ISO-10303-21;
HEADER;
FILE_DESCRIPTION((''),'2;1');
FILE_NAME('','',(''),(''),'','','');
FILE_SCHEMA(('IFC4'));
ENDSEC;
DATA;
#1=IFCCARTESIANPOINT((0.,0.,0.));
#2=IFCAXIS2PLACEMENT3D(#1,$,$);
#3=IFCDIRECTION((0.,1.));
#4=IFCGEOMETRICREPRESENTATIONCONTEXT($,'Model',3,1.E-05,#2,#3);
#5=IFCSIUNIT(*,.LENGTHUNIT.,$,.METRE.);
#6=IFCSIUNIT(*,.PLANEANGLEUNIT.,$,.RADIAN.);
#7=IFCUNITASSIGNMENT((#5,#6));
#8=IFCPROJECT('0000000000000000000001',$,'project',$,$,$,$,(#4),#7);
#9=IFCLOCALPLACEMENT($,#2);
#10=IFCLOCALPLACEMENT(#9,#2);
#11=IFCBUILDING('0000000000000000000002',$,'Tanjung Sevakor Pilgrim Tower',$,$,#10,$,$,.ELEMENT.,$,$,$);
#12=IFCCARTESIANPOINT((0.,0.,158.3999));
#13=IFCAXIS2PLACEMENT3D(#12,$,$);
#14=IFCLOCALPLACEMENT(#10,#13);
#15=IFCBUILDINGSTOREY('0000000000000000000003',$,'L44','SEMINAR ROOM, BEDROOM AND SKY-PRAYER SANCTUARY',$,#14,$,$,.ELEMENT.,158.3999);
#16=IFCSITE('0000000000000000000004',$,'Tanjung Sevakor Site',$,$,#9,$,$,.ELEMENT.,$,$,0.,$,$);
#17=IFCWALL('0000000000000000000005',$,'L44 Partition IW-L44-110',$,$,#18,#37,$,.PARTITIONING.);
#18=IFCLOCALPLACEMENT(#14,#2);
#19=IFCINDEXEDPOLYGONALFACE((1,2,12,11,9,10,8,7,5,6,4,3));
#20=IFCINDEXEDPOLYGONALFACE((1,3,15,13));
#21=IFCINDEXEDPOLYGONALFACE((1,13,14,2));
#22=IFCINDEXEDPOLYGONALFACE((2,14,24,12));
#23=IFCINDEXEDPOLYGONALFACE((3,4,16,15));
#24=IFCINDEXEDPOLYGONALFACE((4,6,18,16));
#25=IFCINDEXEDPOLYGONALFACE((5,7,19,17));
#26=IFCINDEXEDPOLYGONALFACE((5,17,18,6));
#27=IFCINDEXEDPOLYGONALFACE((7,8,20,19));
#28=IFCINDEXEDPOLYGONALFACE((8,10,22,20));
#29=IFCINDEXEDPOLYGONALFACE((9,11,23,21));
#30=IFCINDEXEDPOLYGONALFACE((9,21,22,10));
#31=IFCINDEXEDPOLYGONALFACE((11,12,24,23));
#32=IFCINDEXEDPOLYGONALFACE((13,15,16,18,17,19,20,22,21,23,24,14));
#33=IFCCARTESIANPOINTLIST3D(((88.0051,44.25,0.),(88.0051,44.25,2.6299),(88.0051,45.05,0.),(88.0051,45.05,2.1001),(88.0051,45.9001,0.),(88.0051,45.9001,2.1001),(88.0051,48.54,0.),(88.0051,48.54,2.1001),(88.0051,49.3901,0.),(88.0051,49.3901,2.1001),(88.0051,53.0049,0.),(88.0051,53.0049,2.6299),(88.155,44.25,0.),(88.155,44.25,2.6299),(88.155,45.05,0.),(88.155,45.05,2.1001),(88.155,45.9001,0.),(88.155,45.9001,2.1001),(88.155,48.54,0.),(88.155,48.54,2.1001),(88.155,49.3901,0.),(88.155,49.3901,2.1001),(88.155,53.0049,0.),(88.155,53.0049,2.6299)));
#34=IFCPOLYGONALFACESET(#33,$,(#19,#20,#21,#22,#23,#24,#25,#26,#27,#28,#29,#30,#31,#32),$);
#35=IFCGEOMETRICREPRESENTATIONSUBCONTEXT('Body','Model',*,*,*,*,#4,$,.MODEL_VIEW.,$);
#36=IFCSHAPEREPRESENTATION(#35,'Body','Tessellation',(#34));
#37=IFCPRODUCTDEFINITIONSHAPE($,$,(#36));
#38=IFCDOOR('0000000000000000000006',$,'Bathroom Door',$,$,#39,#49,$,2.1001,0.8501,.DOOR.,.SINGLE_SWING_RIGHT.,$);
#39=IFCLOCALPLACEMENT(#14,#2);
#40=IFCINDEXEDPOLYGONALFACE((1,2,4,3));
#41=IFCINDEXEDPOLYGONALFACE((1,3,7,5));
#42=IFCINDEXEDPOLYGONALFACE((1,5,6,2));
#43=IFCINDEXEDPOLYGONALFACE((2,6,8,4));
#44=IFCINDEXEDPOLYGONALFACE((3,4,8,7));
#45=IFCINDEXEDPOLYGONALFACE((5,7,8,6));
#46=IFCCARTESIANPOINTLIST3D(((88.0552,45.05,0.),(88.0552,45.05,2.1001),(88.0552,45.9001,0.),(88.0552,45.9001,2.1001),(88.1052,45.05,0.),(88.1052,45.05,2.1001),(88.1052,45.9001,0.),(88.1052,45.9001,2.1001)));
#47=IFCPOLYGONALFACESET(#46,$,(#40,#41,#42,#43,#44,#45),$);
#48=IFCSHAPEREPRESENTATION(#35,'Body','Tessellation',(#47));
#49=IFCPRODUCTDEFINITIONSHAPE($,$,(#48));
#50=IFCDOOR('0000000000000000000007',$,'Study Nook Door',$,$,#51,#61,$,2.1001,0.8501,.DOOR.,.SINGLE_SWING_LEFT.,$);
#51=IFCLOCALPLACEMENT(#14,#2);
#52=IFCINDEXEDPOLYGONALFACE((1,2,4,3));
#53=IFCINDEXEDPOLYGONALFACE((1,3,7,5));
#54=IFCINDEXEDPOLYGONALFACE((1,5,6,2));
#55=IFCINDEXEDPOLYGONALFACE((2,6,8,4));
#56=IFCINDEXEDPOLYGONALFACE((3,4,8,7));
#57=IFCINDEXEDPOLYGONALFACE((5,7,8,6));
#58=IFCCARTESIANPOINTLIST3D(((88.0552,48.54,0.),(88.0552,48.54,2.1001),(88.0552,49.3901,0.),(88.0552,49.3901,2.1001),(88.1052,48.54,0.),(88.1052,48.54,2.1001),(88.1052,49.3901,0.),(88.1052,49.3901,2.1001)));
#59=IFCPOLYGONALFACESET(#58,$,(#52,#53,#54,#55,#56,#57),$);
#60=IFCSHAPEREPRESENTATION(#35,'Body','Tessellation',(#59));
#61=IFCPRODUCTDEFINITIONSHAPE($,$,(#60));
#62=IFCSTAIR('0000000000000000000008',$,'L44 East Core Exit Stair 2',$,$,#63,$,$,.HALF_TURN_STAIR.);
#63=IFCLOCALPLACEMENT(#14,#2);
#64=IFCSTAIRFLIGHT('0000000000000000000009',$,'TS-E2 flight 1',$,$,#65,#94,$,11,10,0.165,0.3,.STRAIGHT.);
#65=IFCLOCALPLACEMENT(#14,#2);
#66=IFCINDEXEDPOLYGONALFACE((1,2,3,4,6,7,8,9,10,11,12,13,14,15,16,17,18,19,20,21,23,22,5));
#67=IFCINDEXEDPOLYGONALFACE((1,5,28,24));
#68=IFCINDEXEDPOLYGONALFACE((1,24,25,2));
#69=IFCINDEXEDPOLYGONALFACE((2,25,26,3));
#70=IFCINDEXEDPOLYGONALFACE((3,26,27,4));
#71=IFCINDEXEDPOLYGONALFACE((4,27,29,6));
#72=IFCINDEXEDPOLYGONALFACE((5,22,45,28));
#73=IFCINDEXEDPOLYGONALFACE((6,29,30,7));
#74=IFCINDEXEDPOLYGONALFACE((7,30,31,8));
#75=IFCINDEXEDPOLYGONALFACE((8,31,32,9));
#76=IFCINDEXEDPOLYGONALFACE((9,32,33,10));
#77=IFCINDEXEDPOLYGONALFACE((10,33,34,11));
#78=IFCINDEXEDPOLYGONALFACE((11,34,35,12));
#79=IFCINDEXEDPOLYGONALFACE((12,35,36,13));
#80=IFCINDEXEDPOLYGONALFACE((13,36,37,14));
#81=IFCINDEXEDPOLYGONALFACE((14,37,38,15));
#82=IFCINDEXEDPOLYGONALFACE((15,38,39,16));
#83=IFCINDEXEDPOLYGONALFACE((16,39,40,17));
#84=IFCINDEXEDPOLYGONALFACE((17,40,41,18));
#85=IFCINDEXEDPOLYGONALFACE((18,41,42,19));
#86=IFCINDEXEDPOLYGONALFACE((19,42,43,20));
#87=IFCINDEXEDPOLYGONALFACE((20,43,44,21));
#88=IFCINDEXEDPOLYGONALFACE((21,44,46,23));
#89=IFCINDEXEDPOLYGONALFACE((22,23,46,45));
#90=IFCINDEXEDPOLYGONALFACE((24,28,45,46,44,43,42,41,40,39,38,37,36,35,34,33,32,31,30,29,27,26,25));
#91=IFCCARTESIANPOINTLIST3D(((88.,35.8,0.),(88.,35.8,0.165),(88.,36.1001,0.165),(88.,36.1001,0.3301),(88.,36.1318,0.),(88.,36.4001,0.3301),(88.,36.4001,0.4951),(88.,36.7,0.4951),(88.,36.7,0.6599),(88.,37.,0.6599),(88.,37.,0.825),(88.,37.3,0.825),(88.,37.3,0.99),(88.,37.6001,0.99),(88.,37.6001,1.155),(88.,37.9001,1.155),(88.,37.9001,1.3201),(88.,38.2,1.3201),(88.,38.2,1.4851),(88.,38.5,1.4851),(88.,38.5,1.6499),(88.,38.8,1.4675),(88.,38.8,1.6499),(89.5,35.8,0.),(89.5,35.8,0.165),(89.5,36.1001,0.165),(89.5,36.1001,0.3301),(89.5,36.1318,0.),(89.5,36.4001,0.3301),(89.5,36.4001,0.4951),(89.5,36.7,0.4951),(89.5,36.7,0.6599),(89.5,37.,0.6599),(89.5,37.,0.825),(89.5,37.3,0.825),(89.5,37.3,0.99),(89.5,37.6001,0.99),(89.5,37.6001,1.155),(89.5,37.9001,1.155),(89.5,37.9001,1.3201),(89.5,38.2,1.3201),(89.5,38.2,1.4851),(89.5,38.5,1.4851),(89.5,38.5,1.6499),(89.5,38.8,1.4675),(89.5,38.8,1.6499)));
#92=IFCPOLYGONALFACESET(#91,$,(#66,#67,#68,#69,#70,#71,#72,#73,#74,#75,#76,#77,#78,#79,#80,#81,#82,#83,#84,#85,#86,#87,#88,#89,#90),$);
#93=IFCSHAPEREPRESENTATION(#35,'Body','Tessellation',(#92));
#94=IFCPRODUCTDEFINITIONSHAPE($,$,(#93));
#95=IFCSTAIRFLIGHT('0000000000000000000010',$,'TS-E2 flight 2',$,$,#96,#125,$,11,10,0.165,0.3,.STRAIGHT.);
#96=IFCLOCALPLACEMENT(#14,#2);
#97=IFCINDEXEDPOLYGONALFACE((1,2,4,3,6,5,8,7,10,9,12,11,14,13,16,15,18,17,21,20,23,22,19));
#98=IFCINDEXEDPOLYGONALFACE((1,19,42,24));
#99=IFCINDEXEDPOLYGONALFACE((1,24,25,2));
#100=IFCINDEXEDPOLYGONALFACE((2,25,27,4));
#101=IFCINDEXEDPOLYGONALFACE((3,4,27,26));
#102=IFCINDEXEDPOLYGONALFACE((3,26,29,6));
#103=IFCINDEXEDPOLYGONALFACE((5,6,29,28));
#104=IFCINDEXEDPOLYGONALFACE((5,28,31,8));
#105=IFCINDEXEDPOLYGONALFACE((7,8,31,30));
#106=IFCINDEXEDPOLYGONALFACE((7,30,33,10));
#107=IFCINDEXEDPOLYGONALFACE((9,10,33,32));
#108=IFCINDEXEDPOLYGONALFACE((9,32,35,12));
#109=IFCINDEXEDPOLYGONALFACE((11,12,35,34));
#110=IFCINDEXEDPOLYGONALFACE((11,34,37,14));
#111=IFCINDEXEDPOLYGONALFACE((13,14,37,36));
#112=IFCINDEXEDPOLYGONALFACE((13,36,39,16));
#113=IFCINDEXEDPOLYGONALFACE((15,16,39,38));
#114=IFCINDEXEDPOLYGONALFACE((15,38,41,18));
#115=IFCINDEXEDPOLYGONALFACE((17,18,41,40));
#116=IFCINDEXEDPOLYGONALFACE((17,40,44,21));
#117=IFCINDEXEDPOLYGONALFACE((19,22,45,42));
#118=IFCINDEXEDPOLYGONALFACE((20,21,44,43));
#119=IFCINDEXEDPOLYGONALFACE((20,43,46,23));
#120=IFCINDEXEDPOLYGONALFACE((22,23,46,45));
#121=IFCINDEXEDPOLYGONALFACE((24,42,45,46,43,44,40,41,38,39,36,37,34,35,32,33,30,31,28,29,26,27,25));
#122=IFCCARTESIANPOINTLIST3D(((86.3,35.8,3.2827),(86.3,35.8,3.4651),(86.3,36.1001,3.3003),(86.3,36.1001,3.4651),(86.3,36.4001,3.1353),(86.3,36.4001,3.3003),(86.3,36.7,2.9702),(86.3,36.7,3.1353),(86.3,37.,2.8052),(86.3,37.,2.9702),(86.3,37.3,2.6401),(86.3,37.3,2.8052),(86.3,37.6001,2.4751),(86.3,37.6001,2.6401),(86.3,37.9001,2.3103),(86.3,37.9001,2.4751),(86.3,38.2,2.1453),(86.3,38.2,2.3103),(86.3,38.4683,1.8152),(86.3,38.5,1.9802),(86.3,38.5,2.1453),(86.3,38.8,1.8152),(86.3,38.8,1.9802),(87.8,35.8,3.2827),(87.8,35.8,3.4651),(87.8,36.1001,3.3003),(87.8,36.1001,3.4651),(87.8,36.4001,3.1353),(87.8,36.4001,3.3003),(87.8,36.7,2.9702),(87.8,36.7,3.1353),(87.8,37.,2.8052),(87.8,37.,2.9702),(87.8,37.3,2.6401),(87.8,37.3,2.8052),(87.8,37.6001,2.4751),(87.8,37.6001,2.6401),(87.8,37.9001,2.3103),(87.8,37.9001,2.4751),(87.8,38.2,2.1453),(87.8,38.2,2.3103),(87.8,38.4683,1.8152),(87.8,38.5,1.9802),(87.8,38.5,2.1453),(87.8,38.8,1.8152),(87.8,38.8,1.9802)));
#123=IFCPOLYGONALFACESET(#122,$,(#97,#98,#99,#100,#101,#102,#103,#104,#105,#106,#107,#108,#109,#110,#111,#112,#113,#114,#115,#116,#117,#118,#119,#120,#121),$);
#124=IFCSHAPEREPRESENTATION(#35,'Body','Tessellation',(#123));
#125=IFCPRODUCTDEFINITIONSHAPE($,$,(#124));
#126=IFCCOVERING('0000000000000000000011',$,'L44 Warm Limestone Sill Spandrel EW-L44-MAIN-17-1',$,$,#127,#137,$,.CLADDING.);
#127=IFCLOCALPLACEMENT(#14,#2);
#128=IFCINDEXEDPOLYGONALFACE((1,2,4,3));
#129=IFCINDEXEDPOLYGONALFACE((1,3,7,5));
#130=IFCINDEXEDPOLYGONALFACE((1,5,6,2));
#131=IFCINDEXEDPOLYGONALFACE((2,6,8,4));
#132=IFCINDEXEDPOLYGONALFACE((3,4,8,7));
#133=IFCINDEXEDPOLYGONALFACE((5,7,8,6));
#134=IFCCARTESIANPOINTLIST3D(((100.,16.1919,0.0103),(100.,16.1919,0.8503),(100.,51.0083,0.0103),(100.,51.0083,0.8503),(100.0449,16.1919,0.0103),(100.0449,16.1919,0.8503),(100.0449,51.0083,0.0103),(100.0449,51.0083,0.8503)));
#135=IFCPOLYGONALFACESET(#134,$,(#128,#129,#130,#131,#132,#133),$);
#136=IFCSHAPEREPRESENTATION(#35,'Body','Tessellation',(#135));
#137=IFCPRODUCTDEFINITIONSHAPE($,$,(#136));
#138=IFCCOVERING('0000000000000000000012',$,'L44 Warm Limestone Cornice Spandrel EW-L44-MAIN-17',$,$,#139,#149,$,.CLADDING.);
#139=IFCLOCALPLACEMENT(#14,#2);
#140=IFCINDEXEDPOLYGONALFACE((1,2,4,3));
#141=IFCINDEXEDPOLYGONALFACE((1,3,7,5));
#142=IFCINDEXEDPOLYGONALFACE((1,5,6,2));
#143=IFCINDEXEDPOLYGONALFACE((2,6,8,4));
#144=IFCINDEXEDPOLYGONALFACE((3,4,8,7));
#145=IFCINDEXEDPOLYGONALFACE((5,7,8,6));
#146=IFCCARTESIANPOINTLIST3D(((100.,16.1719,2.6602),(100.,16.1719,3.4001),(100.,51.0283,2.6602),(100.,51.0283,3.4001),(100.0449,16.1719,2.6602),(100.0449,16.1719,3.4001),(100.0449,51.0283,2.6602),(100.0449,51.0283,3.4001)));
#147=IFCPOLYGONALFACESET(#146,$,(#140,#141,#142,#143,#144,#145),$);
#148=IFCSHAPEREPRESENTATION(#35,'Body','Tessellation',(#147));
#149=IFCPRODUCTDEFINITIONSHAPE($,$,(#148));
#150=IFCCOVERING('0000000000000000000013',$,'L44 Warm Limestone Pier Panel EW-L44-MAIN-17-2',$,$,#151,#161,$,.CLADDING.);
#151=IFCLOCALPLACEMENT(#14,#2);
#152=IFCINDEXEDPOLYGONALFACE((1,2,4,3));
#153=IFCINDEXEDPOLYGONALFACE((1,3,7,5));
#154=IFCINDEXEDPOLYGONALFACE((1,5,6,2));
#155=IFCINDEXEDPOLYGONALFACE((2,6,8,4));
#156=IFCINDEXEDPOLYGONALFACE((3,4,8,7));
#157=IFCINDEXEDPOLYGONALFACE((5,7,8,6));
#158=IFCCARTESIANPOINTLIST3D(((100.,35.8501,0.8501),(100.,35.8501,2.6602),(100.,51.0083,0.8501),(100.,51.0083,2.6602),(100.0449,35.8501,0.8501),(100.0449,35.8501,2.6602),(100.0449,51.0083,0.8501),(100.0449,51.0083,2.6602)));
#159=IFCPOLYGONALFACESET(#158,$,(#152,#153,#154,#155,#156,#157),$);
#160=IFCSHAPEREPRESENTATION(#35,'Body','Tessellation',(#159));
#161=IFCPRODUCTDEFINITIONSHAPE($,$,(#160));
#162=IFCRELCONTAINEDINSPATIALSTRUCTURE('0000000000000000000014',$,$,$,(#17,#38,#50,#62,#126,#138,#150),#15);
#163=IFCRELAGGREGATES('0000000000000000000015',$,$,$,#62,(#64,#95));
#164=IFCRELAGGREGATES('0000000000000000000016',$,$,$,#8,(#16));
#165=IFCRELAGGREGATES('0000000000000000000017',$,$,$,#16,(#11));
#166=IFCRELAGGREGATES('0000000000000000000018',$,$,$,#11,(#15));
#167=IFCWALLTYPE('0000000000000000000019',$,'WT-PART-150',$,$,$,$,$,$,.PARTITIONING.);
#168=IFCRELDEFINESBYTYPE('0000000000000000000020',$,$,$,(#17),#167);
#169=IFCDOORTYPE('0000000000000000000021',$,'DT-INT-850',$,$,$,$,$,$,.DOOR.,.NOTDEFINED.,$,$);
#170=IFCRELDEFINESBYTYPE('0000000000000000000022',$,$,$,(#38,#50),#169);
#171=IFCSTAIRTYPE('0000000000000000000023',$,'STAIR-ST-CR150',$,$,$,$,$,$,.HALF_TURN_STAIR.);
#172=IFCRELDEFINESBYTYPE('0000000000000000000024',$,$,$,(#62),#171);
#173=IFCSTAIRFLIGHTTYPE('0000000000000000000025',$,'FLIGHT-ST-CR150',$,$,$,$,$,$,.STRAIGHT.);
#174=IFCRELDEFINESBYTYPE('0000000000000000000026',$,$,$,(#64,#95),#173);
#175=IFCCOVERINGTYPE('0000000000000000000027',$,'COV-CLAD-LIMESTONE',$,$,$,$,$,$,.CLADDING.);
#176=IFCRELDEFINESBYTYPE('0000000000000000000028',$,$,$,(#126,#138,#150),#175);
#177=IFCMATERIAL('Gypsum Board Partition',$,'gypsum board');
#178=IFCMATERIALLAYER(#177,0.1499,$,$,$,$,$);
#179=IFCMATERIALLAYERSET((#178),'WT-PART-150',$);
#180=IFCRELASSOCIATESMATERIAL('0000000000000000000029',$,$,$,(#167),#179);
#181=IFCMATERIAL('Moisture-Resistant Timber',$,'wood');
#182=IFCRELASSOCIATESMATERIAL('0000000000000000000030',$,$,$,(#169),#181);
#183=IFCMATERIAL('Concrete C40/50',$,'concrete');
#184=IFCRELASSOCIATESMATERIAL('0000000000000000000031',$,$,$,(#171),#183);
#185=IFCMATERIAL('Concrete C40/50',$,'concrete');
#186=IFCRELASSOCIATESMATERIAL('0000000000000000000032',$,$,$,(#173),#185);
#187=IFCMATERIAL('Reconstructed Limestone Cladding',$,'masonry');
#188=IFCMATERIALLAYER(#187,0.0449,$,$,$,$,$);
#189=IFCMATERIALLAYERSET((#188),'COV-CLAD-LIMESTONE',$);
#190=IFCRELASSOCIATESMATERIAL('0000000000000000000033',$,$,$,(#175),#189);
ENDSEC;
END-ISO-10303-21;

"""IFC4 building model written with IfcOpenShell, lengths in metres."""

from ifc_helpers import new_model, si_unit, direction, frame, frame_2d, origin, origin_2d, place, context, subcontext, project, spatial, polyline, rectangle, outline, extrude, material, layer, layer_set, type_object, element, fill, aggregate, save


model = new_model("IFC4")

# Units and contexts
model_context = context("Model", 3, precision=1e-05, world=origin(), true_north=direction((0.0, 1.0)))
body_context = subcontext(model_context, "Body", "Model", "MODEL_VIEW")
ifc_project = project(units=[si_unit("LENGTHUNIT", "METRE"), si_unit("PLANEANGLEUNIT", "RADIAN")], contexts=[model_context])

# Site, building, storey
site_placement = place(None, origin())
site = spatial("IfcSite", under=ifc_project, at=site_placement, Name="Tanjung Sevakor Site", CompositionType="ELEMENT", RefElevation=0.0)
building_placement = place(site_placement, origin())
building = spatial("IfcBuilding", under=site, at=building_placement, Name="Tanjung Sevakor Pilgrim Tower", CompositionType="ELEMENT")
storey_placement = place(building_placement, frame((0.0, 0.0, 158.3999)))
storey = spatial("IfcBuildingStorey", under=building, at=storey_placement, Name="L44", Description="SEMINAR ROOM, BEDROOM AND SKY-PRAYER SANCTUARY", CompositionType="ELEMENT", Elevation=158.3999)

# Shared definitions
ifc_material_1 = material(Name="Gypsum Board Partition", Category="gypsum board")
ifc_layer_1 = layer(ifc_material_1, 0.1499)
ifc_layer_set_1 = layer_set([ifc_layer_1], Name="WT-PART-150")
wall_type_1 = type_object("IfcWallType", Name="WT-PART-150", PredefinedType="PARTITIONING", material=ifc_layer_set_1)

# Wall, openings, doors
wall_1_placement = place(storey_placement, frame((88.0801, 44.25, 0.0), z_axis=(0.0, 0.0, 1.0), x_axis=(0.0, 1.0, 0.0)))
wall_1 = element("IfcWall", 1, at=wall_1_placement, inside=storey, type_object=wall_type_1, Name="L44 Partition IW-L44-110", PredefinedType="PARTITIONING", context=body_context, shape_type="SweptSolid", body=[
    extrude(rectangle(XDim=8.7549, YDim=0.1499, at=frame_2d((4.3774, 0.0))), origin(), (0.0, 0.0, 1.0), 2.6299),
])
opening_1_placement = place(wall_1_placement, frame((0.8, 0.0, 0.0)))
opening_1 = element("IfcOpeningElement", 2, at=opening_1_placement, cuts=wall_1, PredefinedType="OPENING", context=body_context, shape_type="SweptSolid", body=[
    extrude(rectangle(XDim=0.8501, YDim=2.1001, at=frame_2d((0.425, 1.05))), frame((0.0, 0.085, 0.0), z_axis=(0.0, -1.0, 0.0), x_axis=(1.0, 0.0, 0.0)), (0.0, 0.0, 1.0), 0.1699),
])
opening_2_placement = place(wall_1_placement, frame((4.29, 0.0, 0.0)))
opening_2 = element("IfcOpeningElement", 3, at=opening_2_placement, cuts=wall_1, PredefinedType="OPENING", context=body_context, shape_type="SweptSolid", body=[
    extrude(rectangle(XDim=0.8501, YDim=2.1001, at=frame_2d((0.425, 1.05))), frame((0.0, 0.085, 0.0), z_axis=(0.0, -1.0, 0.0), x_axis=(1.0, 0.0, 0.0)), (0.0, 0.0, 1.0), 0.1699),
])
ifc_material_2 = material(Name="Moisture-Resistant Timber", Category="wood")
door_type_1 = type_object("IfcDoorType", Name="DT-INT-850", OperationType="NOTDEFINED", PredefinedType="DOOR", material=ifc_material_2)
door_1_placement = place(opening_1_placement, origin())
door_1 = element("IfcDoor", 4, at=door_1_placement, inside=storey, type_object=door_type_1, Name="Bathroom Door", OperationType="SINGLE_SWING_RIGHT", OverallHeight=2.1001, OverallWidth=0.8501, PredefinedType="DOOR", context=body_context, shape_type="SweptSolid", body=[
    extrude(rectangle(XDim=0.8501, YDim=2.1001, at=frame_2d((0.425, 1.05))), frame((0.0, 0.0249, 0.0), z_axis=(0.0, -1.0, 0.0), x_axis=(1.0, 0.0, 0.0)), (0.0, 0.0, 1.0), 0.05),
])
fill(opening_1, door_1)
door_2_placement = place(opening_2_placement, origin())
door_2 = element("IfcDoor", 5, at=door_2_placement, inside=storey, type_object=door_type_1, Name="Study Nook Door", OperationType="SINGLE_SWING_LEFT", OverallHeight=2.1001, OverallWidth=0.8501, PredefinedType="DOOR", context=body_context, shape_type="SweptSolid", body=[
    extrude(rectangle(XDim=0.8501, YDim=2.1001, at=frame_2d((0.425, 1.05))), frame((0.0, 0.0249, 0.0), z_axis=(0.0, -1.0, 0.0), x_axis=(1.0, 0.0, 0.0)), (0.0, 0.0, 1.0), 0.05),
])
fill(opening_2, door_2)

# Stair, stair flights
ifc_material_3 = material(Name="Concrete C40/50", Category="concrete")
stair_type = type_object("IfcStairType", Name="STAIR-ST-CR150", PredefinedType="HALF_TURN_STAIR", material=ifc_material_3)
stair_placement = place(storey_placement, origin())
stair = element("IfcStair", 6, at=stair_placement, inside=storey, type_object=stair_type, Name="L44 East Core Exit Stair 2", PredefinedType="HALF_TURN_STAIR")
ifc_material_4 = material(Name="Concrete C40/50", Category="concrete")
stair_flight_type = type_object("IfcStairFlightType", Name="FLIGHT-ST-CR150", PredefinedType="STRAIGHT", material=ifc_material_4)
stair_flight_1_placement = place(storey_placement, frame((88.75, 35.8, 0.0), z_axis=(0.0, 0.0, 1.0), x_axis=(0.0, 1.0, 0.0)))
stair_flight_1 = element("IfcStairFlight", 7, at=stair_flight_1_placement, type_object=stair_flight_type, Name="TS-E2 flight 1", NumberOfRisers=11, NumberOfTreads=10, PredefinedType="STRAIGHT", RiserHeight=0.165, TreadLength=0.3, context=body_context, shape_type="SweptSolid", body=[
    extrude(outline(polyline([(0.0, 0.0), (0.0, 0.165), (0.3, 0.165), (0.3, 0.3301), (0.6001, 0.3301), (0.6001, 0.4951), (0.8999, 0.4951), (0.8999, 0.6599), (1.2, 0.6599), (1.2, 0.825), (1.5, 0.825), (1.5, 0.99), (1.8, 0.99), (1.8, 1.155), (2.1001, 1.155), (2.1001, 1.3201), (2.3999, 1.3201), (2.3999, 1.4851), (2.7, 1.4851), (2.7, 1.6499), (3.0, 1.6499), (3.0, 1.8149), (3.0, 1.4675), (0.3318, 0.0), (0.0, 0.0)])), frame((0.0, 0.75, 0.0), z_axis=(0.0, -1.0, 0.0), x_axis=(1.0, 0.0, 0.0)), (0.0, 0.0, 1.0), 1.5),
])
stair_flight_2_placement = place(storey_placement, frame((87.05, 38.8, 1.8152), z_axis=(0.0, 0.0, 1.0), x_axis=(0.0, -1.0, 0.0)))
stair_flight_2 = element("IfcStairFlight", 8, at=stair_flight_2_placement, type_object=stair_flight_type, Name="TS-E2 flight 2", NumberOfRisers=11, NumberOfTreads=10, PredefinedType="STRAIGHT", RiserHeight=0.165, TreadLength=0.3, context=body_context, shape_type="SweptSolid", body=[
    extrude(outline(polyline([(0.0, 0.0), (0.0, 0.165), (0.3, 0.165), (0.3, 0.3301), (0.6001, 0.3301), (0.6001, 0.4951), (0.8999, 0.4951), (0.8999, 0.6599), (1.2, 0.6599), (1.2, 0.825), (1.5, 0.825), (1.5, 0.99), (1.8, 0.99), (1.8, 1.155), (2.1001, 1.155), (2.1001, 1.3201), (2.3999, 1.3201), (2.3999, 1.4851), (2.7, 1.4851), (2.7, 1.6499), (3.0, 1.6499), (3.0, 1.8149), (3.0, 1.4675), (0.3318, 0.0), (0.0, 0.0)])), frame((0.0, 0.75, 0.0), z_axis=(0.0, -1.0, 0.0), x_axis=(1.0, 0.0, 0.0)), (0.0, 0.0, 1.0), 1.5),
])
aggregate(stair, [stair_flight_1, stair_flight_2])

# Coverings
ifc_material_5 = material(Name="Reconstructed Limestone Cladding", Category="masonry")
ifc_layer_2 = layer(ifc_material_5, 0.0449)
ifc_layer_set_2 = layer_set([ifc_layer_2], Name="COV-CLAD-LIMESTONE")
covering_type = type_object("IfcCoveringType", Name="COV-CLAD-LIMESTONE", PredefinedType="CLADDING", material=ifc_layer_set_2)
covering_1_placement = place(storey_placement, frame((100.0225, 33.6001, 0.0103), z_axis=(0.0, 0.0, 1.0), x_axis=(0.0, 1.0, 0.0)))
element("IfcCovering", 9, at=covering_1_placement, inside=storey, type_object=covering_type, Name="L44 Warm Limestone Sill Spandrel EW-L44-MAIN-17-1", PredefinedType="CLADDING", context=body_context, shape_type="SweptSolid", body=[
    extrude(rectangle(XDim=34.8164, YDim=0.0449, at=origin_2d()), origin(), (0.0, 0.0, 1.0), 0.8401),
])
covering_2_placement = place(storey_placement, frame((100.0225, 33.6001, 2.6602), z_axis=(0.0, 0.0, 1.0), x_axis=(0.0, 1.0, 0.0)))
element("IfcCovering", 10, at=covering_2_placement, inside=storey, type_object=covering_type, Name="L44 Warm Limestone Cornice Spandrel EW-L44-MAIN-17", PredefinedType="CLADDING", context=body_context, shape_type="SweptSolid", body=[
    extrude(rectangle(XDim=34.8564, YDim=0.0449, at=origin_2d()), origin(), (0.0, 0.0, 1.0), 0.74),
])
covering_3_placement = place(storey_placement, frame((100.0225, 43.4292, 0.8501), z_axis=(0.0, 0.0, 1.0), x_axis=(0.0, 1.0, 0.0)))
element("IfcCovering", 11, at=covering_3_placement, inside=storey, type_object=covering_type, Name="L44 Warm Limestone Pier Panel EW-L44-MAIN-17-2", PredefinedType="CLADDING", context=body_context, shape_type="SweptSolid", body=[
    extrude(rectangle(XDim=15.1582, YDim=0.0449, at=origin_2d()), origin(), (0.0, 0.0, 1.0), 1.8101),
])

save(model, "model.ifc")
